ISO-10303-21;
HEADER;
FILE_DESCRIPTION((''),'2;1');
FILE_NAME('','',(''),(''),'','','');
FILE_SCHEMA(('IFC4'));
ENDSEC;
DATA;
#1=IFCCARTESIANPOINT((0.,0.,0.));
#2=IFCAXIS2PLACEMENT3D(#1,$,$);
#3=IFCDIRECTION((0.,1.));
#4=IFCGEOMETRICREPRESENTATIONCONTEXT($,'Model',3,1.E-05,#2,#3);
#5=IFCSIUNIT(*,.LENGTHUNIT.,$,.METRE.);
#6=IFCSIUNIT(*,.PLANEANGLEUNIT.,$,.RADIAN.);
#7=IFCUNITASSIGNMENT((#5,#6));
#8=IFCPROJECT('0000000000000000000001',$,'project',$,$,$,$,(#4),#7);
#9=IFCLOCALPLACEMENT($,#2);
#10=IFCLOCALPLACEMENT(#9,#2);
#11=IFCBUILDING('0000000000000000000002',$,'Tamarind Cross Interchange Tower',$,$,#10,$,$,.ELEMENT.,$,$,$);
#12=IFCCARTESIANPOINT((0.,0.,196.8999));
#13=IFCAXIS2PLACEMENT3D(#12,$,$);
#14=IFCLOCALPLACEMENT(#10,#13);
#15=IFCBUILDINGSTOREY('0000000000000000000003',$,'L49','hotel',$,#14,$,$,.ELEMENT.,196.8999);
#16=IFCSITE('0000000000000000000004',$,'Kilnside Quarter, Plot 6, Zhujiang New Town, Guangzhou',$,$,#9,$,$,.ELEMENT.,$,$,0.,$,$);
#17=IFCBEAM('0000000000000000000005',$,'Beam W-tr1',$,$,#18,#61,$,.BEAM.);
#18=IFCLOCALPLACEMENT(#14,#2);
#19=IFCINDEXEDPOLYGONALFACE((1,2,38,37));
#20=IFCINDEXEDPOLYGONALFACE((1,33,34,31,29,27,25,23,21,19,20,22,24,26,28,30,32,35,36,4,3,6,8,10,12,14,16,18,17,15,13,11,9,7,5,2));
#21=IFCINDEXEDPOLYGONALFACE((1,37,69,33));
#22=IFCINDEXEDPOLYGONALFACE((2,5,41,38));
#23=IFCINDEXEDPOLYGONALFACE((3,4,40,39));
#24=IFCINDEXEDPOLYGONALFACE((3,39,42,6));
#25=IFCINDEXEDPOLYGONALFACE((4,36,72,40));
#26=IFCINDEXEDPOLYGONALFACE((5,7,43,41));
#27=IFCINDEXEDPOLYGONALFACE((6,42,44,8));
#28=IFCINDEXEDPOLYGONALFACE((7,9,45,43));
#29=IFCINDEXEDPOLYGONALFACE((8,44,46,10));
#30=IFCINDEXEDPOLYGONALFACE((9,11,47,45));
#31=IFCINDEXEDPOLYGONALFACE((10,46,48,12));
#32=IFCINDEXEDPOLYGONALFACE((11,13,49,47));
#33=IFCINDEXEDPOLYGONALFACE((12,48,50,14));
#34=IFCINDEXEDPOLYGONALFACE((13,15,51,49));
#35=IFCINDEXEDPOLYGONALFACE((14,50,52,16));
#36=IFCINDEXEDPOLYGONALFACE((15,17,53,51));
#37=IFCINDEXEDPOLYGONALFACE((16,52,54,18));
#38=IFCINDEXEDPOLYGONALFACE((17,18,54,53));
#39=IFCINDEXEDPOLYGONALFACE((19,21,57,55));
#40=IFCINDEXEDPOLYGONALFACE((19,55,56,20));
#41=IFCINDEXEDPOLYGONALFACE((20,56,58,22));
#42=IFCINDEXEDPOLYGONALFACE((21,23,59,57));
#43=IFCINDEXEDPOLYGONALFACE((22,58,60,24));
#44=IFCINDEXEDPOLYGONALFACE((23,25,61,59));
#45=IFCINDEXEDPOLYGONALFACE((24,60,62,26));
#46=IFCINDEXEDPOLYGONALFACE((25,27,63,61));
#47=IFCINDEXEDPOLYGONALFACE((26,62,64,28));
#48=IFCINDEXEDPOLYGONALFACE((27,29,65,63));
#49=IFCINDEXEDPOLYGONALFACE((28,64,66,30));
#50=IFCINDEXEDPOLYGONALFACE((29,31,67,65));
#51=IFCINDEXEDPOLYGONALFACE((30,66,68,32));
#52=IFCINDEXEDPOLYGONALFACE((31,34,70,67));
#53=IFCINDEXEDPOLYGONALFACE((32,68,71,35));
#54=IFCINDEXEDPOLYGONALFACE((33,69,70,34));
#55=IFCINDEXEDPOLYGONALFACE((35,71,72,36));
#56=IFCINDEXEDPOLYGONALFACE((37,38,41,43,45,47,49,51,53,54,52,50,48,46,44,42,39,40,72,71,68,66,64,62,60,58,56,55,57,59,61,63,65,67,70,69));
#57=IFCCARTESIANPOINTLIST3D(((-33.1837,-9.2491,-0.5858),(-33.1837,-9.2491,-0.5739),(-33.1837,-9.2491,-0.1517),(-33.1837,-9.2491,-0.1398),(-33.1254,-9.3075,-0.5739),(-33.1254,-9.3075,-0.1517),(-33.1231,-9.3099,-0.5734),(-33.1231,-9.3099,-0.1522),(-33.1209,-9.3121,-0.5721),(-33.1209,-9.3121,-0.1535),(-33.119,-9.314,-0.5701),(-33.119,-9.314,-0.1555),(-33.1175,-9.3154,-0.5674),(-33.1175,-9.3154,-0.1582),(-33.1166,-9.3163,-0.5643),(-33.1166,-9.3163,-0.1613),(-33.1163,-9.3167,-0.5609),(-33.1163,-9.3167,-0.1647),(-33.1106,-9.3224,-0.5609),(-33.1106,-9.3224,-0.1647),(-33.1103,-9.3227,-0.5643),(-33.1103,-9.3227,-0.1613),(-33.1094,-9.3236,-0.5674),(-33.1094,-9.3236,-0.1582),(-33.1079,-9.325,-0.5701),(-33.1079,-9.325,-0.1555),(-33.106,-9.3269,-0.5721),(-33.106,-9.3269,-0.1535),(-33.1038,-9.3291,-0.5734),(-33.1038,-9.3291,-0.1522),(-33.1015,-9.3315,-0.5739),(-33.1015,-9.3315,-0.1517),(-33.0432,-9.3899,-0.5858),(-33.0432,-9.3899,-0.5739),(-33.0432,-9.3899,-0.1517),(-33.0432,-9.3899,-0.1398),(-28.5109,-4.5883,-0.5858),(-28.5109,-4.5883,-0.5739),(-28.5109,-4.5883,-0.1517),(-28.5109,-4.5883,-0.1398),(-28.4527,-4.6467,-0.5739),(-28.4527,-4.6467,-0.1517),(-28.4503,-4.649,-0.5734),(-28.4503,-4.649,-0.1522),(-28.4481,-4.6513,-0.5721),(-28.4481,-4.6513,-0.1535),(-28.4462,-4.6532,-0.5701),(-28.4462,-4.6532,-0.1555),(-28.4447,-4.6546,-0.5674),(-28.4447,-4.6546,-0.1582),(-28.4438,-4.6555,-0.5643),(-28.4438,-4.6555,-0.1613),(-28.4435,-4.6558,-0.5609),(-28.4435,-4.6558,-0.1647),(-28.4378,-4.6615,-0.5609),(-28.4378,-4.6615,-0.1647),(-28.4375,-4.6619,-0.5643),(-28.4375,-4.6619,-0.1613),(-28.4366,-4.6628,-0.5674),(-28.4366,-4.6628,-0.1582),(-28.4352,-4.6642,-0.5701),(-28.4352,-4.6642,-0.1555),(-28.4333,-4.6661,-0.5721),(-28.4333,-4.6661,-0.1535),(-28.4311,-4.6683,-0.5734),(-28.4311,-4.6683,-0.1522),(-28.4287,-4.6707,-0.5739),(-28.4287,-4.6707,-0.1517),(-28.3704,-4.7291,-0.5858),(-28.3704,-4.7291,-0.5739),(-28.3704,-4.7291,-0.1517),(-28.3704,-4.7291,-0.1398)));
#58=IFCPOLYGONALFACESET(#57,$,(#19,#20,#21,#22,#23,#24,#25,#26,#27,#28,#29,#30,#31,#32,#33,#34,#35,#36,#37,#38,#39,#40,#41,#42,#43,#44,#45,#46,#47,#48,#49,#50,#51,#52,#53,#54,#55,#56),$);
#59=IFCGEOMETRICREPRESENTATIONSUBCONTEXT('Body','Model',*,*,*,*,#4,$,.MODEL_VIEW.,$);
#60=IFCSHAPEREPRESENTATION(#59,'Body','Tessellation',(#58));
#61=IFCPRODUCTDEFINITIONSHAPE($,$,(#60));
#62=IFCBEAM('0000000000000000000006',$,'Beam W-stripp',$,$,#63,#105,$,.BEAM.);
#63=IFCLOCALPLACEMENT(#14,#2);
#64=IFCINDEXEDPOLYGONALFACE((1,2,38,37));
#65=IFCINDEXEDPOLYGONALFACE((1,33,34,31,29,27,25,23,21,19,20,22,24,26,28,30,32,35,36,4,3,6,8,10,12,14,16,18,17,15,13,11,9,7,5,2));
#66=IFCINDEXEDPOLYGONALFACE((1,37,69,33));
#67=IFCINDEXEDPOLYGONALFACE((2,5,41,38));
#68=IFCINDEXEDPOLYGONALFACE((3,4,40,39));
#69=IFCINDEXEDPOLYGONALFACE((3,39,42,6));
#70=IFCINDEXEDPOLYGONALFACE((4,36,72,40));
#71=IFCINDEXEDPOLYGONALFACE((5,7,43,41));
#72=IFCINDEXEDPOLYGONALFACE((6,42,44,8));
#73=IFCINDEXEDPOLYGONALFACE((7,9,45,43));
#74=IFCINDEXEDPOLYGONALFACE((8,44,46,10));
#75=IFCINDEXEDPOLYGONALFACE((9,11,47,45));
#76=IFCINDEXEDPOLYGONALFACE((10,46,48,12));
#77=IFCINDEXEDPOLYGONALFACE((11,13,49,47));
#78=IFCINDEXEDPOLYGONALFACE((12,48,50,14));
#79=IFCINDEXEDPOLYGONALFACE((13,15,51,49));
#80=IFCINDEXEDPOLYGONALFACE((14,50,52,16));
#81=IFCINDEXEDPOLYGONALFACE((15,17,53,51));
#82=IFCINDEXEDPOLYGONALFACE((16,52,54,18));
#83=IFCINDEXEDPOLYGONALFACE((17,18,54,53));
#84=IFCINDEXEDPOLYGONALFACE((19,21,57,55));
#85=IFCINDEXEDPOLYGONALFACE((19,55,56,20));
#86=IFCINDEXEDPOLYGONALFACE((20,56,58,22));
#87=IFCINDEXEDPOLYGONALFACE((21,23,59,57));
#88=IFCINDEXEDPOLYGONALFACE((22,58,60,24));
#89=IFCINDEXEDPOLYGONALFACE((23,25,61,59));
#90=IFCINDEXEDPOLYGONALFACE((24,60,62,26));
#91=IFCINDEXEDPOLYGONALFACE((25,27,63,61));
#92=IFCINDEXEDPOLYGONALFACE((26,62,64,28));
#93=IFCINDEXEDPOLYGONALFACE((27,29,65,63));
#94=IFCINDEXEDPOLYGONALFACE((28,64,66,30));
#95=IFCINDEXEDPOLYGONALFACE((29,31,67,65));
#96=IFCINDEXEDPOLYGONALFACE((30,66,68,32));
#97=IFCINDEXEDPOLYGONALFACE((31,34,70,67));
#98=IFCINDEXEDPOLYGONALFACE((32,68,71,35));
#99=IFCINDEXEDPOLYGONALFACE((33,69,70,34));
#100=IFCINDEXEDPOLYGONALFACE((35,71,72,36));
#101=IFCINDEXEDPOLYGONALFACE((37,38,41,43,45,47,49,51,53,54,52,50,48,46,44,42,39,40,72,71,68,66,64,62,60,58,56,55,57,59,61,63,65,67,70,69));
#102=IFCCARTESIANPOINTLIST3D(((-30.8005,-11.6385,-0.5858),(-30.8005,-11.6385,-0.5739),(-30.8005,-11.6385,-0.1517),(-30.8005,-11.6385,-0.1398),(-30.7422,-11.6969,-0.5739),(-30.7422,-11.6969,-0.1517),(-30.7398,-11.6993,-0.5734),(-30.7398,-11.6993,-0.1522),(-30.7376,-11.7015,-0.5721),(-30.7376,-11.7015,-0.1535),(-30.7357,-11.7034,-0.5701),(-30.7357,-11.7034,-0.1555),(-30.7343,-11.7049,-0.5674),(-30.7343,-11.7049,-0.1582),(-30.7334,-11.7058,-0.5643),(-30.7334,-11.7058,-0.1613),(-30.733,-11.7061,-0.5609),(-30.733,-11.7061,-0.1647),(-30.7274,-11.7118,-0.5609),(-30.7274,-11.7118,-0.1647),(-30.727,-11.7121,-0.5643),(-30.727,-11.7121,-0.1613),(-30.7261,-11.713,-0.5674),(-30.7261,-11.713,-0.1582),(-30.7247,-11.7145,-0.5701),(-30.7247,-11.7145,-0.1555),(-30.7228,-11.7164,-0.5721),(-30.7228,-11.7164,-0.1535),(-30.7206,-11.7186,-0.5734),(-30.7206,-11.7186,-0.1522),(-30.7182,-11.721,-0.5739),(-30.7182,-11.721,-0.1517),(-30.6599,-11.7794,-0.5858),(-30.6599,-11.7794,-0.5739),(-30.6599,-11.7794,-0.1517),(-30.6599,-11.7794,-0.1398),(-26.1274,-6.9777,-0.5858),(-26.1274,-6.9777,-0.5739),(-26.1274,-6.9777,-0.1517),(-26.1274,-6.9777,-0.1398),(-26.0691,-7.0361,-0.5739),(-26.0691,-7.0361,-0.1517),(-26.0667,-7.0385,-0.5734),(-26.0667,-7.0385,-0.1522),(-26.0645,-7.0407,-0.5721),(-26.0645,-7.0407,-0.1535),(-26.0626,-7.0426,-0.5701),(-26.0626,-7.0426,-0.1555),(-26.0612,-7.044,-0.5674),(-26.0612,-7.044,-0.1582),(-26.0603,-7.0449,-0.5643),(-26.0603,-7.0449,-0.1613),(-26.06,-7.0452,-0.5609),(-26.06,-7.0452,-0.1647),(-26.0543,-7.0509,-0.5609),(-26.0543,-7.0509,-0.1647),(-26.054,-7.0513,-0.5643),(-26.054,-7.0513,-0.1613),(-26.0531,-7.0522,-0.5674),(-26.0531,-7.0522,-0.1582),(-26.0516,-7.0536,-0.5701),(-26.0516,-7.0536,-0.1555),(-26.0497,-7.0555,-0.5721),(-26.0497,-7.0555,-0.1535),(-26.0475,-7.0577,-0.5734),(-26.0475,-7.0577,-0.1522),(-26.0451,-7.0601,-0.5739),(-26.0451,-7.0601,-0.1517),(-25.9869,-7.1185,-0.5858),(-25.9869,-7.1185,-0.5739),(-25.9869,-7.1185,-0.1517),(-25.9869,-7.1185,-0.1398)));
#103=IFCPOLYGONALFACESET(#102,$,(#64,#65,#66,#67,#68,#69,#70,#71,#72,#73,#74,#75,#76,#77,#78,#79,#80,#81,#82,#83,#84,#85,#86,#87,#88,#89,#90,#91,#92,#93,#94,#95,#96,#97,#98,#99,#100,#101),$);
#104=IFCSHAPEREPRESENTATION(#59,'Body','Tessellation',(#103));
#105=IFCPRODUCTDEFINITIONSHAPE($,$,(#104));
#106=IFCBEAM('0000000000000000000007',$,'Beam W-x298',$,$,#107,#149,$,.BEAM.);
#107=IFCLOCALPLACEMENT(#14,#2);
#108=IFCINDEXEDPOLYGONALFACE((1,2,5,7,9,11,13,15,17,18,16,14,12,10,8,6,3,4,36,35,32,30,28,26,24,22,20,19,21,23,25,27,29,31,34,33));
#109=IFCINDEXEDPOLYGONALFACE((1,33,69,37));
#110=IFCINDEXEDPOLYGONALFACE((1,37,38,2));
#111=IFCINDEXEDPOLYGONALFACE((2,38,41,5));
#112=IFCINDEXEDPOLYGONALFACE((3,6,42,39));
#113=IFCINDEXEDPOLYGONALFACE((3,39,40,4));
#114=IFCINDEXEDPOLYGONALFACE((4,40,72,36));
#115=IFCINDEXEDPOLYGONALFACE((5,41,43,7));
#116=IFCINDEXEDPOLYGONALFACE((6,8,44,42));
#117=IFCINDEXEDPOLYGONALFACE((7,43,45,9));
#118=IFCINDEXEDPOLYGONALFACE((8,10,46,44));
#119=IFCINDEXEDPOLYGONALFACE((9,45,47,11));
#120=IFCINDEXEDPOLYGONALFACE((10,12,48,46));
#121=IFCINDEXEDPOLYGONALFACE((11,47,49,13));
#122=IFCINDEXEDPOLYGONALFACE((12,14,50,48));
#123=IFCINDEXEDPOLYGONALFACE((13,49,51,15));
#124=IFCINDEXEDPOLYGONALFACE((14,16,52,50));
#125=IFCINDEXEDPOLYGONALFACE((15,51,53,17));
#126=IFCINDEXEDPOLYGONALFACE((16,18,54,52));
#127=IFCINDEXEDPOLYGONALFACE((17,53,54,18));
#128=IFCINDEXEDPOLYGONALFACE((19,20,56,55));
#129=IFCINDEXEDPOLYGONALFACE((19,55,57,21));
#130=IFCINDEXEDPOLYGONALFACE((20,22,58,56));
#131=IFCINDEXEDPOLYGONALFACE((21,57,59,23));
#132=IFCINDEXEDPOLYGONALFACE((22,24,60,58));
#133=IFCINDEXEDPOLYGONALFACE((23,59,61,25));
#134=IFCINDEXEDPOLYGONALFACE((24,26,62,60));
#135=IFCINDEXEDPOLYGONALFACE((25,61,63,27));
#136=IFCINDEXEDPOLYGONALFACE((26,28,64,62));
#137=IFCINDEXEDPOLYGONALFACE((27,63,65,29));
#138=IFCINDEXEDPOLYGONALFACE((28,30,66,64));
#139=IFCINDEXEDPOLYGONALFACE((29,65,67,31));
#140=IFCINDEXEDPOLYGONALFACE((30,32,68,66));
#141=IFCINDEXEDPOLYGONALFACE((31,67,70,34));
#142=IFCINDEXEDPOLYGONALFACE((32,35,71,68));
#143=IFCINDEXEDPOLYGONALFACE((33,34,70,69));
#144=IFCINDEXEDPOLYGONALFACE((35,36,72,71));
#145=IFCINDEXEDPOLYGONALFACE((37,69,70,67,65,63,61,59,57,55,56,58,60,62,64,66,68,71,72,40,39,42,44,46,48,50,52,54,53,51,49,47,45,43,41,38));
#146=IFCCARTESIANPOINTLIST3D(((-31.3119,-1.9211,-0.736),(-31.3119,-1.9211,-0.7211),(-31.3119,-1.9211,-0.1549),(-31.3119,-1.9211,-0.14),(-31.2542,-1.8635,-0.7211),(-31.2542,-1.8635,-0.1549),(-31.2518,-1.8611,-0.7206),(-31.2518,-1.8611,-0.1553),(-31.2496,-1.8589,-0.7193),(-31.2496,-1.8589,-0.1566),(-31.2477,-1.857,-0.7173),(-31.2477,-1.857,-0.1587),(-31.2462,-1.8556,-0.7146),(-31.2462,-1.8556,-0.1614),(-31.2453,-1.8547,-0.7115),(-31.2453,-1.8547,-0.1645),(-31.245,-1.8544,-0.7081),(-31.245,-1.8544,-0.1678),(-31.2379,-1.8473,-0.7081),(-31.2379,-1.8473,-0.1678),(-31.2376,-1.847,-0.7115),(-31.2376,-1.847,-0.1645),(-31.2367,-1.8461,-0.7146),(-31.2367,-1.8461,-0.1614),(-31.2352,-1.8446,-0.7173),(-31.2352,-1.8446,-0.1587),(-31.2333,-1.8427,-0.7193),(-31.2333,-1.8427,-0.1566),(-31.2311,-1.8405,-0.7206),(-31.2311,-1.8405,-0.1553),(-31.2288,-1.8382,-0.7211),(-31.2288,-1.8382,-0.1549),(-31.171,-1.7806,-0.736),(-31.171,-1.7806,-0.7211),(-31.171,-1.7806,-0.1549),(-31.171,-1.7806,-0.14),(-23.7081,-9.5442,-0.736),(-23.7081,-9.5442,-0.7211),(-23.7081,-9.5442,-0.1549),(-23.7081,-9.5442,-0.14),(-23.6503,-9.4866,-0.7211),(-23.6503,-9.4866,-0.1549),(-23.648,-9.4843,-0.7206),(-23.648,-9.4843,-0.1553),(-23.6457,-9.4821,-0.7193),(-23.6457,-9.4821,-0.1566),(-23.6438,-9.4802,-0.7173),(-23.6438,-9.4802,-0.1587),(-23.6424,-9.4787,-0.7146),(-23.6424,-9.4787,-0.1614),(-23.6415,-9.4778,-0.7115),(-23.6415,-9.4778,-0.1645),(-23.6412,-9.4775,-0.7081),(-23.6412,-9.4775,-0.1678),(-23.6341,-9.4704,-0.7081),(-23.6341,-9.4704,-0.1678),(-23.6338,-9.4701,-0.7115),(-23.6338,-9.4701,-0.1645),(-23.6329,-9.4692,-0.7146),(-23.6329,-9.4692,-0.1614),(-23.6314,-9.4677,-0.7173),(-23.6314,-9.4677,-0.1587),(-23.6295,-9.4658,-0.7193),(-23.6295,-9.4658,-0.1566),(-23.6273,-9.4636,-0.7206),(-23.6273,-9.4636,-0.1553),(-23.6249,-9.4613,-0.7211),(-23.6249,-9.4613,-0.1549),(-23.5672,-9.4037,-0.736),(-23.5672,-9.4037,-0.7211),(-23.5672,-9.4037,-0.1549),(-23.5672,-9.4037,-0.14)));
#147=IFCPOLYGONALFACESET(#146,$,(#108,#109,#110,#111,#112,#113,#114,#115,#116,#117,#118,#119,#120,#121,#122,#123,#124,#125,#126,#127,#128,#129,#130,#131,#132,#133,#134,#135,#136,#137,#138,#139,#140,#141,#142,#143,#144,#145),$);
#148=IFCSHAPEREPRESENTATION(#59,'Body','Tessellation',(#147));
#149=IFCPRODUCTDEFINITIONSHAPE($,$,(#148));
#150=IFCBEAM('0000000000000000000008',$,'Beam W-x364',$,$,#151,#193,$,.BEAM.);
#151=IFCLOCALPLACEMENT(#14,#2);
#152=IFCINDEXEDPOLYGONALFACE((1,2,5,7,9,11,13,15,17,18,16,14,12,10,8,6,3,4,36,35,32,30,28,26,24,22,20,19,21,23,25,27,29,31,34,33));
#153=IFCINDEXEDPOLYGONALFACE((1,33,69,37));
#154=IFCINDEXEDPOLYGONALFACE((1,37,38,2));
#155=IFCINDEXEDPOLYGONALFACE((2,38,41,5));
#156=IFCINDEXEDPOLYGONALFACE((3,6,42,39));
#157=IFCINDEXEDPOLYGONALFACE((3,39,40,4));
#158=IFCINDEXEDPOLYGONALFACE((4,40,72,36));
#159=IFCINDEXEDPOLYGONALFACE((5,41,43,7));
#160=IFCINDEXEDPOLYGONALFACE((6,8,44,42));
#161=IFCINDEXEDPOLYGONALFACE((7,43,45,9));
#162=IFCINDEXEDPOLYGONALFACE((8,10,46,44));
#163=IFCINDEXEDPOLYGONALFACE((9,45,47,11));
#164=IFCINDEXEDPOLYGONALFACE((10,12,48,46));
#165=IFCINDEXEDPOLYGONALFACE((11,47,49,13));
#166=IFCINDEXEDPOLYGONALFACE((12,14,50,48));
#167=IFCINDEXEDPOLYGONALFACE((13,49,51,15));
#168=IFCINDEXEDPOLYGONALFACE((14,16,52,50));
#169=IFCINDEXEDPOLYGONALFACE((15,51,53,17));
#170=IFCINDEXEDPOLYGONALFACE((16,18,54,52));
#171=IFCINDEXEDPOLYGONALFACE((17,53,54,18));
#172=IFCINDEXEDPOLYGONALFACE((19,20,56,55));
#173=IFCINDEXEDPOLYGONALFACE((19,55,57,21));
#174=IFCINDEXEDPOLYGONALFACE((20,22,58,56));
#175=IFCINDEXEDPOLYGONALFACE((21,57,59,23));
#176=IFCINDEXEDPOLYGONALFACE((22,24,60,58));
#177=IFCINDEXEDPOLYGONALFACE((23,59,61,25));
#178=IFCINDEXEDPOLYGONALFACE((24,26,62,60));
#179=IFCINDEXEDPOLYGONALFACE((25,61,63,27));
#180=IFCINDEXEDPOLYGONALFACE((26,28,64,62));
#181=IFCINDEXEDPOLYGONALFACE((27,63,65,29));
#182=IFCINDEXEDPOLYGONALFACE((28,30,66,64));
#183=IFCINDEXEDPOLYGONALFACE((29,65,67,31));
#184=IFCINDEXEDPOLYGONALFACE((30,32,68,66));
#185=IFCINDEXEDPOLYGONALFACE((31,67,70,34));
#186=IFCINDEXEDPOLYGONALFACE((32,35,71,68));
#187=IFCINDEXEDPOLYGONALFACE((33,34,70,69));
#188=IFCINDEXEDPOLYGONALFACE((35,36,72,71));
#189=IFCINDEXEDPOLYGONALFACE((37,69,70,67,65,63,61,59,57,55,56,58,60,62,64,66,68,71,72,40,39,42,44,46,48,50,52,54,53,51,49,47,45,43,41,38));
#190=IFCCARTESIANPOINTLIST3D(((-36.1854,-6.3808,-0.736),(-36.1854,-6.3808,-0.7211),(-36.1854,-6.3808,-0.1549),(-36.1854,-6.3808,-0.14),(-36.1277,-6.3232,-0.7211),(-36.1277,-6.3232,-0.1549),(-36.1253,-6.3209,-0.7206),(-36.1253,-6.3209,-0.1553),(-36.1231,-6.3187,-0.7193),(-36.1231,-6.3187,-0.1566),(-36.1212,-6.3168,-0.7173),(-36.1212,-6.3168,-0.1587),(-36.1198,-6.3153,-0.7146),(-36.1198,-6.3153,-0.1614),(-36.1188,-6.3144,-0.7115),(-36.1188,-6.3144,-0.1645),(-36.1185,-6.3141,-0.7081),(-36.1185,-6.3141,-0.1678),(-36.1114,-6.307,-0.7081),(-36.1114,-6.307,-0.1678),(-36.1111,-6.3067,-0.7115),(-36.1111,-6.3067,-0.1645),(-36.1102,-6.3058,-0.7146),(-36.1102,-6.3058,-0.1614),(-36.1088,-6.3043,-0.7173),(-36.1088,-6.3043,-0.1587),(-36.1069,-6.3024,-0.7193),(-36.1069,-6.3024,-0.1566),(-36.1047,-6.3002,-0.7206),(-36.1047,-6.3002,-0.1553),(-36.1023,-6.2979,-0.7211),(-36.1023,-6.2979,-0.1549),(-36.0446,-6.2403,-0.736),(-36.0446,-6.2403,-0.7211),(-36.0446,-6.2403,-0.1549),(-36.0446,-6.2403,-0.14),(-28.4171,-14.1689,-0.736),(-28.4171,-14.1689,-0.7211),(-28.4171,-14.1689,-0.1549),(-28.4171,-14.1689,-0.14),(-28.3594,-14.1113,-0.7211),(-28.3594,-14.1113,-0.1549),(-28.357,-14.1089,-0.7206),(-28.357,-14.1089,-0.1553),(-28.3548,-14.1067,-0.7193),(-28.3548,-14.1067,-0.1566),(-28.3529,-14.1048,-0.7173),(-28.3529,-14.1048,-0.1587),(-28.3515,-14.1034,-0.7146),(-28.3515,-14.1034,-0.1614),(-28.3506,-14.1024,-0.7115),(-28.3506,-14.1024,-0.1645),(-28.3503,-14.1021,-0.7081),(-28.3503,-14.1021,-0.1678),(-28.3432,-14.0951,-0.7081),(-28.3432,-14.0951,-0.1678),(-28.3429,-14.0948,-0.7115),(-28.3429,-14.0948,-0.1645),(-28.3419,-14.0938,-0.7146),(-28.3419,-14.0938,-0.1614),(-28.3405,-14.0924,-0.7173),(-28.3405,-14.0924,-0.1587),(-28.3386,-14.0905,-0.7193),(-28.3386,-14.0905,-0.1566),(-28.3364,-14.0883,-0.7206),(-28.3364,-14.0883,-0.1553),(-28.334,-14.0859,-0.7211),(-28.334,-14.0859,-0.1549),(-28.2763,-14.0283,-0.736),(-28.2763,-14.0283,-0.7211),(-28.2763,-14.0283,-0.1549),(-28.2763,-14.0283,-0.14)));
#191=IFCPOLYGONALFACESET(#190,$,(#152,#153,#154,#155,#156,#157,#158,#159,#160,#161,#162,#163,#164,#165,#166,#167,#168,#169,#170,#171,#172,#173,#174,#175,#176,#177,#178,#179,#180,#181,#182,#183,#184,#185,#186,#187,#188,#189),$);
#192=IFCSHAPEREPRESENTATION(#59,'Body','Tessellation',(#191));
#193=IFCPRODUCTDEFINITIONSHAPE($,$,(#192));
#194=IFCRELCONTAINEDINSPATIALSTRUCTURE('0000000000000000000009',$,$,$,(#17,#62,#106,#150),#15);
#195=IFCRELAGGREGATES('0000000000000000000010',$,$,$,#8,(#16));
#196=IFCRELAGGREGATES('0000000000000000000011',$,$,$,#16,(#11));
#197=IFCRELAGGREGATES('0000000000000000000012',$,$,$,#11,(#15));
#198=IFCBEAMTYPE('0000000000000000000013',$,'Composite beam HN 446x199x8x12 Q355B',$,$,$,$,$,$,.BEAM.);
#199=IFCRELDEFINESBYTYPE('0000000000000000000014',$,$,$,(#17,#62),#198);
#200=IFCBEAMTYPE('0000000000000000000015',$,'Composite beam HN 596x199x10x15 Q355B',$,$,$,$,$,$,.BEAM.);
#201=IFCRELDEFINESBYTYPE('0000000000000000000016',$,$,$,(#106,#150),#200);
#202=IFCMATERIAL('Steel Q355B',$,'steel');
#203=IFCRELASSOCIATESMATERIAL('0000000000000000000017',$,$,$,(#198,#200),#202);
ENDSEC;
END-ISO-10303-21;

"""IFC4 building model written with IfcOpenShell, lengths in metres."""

from ifc_helpers import new_model, si_unit, direction, frame, origin, origin_2d, place, context, subcontext, project, spatial, i_section, extrude, material, material_profile, profile_set, type_object, element, save


model = new_model("IFC4")

# Units and contexts
model_context = context("Model", 3, precision=1e-05, world=origin(), true_north=direction((0.0, 1.0)))
body_context = subcontext(model_context, "Body", "Model", "MODEL_VIEW")
ifc_project = project(units=[si_unit("LENGTHUNIT", "METRE"), si_unit("PLANEANGLEUNIT", "RADIAN")], contexts=[model_context])

# Site, building, storey
site_placement = place(None, origin())
site = spatial("IfcSite", under=ifc_project, at=site_placement, Name="Kilnside Quarter, Plot 6, Zhujiang New Town, Guangzhou", CompositionType="ELEMENT", RefElevation=0.0)
building_placement = place(site_placement, origin())
building = spatial("IfcBuilding", under=site, at=building_placement, Name="Tamarind Cross Interchange Tower", CompositionType="ELEMENT")
storey_placement = place(building_placement, frame((0.0, 0.0, 196.8999)))
storey = spatial("IfcBuildingStorey", under=building, at=storey_placement, Name="L49", Description="hotel", CompositionType="ELEMENT", Elevation=196.8999)

# Beams
ifc_material_1 = material(Name="Steel Q355B", Category="steel")
ifc_material_profile_1 = material_profile(ifc_material_1, i_section(OverallWidth=0.199, OverallDepth=0.446, WebThickness=0.0081, FlangeThickness=0.012, FilletRadius=0.0129, at=origin_2d()), Name="HN 446x199x8x12")
ifc_profile_set_1 = profile_set([ifc_material_profile_1], Name="Steel Q355B")
beam_type_1 = type_object("IfcBeamType", Name="Composite beam HN 446x199x8x12 Q355B", PredefinedType="BEAM", material=ifc_profile_set_1)
for number, where, z_axis, x_axis, name in (
    (1, (-28.4407, -4.6587, -0.3628), (-0.708012, -0.7062, 0.0), (0.7062, -0.708012, 0.0), "Beam W-tr1"),
):
    element("IfcBeam", number, at=place(storey_placement, frame(where, z_axis=z_axis, x_axis=x_axis)), inside=storey, type_object=beam_type_1, Name=name, PredefinedType="BEAM", context=body_context, shape_type="SweptSolid", body=[
        extrude(i_section(OverallWidth=0.199, OverallDepth=0.446, WebThickness=0.0081, FlangeThickness=0.012, FilletRadius=0.0129, at=origin_2d()), origin(), (0.0, 0.0, 1.0), 6.5999),
    ])
beam_1_placement = place(storey_placement, frame((-26.0571, -7.0481, -0.3628), z_axis=(-0.708031, -0.706181, 0.0), x_axis=(0.706181, -0.708031, 0.0)))
element("IfcBeam", 2, at=beam_1_placement, inside=storey, type_object=beam_type_1, Name="Beam W-stripp", PredefinedType="BEAM", context=body_context, shape_type="SweptSolid", body=[
    extrude(i_section(OverallWidth=0.199, OverallDepth=0.446, WebThickness=0.0081, FlangeThickness=0.012, FilletRadius=0.0129, at=origin_2d()), origin(), (0.0, 0.0, 1.0), 6.6001),
])
ifc_material_profile_2 = material_profile(ifc_material_1, i_section(OverallWidth=0.199, OverallDepth=0.5959, WebThickness=0.01, FlangeThickness=0.0149, FilletRadius=0.0129, at=origin_2d()), Name="HN 596x199x10x15")
ifc_profile_set_2 = profile_set([ifc_material_profile_2], Name="Steel Q355B")
beam_type_2 = type_object("IfcBeamType", Name="Composite beam HN 596x199x10x15 Q355B", PredefinedType="BEAM", material=ifc_profile_set_2)
beam_2_placement = place(storey_placement, frame((-31.2415, -1.8508, -0.438), z_axis=(0.706211, -0.708002, 0.0), x_axis=(0.708002, 0.706211, 0.0)))
element("IfcBeam", 3, at=beam_2_placement, inside=storey, type_object=beam_type_2, Name="Beam W-x298", PredefinedType="BEAM", context=body_context, shape_type="SweptSolid", body=[
    extrude(i_section(OverallWidth=0.199, OverallDepth=0.5959, WebThickness=0.01, FlangeThickness=0.0149, FilletRadius=0.0129, at=origin_2d()), origin(), (0.0, 0.0, 1.0), 10.7671),
])
beam_3_placement = place(storey_placement, frame((-36.115, -6.3105, -0.438), z_axis=(0.706207, -0.708005, 0.0), x_axis=(0.708005, 0.706207, 0.0)))
element("IfcBeam", 4, at=beam_3_placement, inside=storey, type_object=beam_type_2, Name="Beam W-x364", PredefinedType="BEAM", context=body_context, shape_type="SweptSolid", body=[
    extrude(i_section(OverallWidth=0.199, OverallDepth=0.5959, WebThickness=0.01, FlangeThickness=0.0149, FilletRadius=0.0129, at=origin_2d()), origin(), (0.0, 0.0, 1.0), 11.0),
])

save(model, "model.ifc")
